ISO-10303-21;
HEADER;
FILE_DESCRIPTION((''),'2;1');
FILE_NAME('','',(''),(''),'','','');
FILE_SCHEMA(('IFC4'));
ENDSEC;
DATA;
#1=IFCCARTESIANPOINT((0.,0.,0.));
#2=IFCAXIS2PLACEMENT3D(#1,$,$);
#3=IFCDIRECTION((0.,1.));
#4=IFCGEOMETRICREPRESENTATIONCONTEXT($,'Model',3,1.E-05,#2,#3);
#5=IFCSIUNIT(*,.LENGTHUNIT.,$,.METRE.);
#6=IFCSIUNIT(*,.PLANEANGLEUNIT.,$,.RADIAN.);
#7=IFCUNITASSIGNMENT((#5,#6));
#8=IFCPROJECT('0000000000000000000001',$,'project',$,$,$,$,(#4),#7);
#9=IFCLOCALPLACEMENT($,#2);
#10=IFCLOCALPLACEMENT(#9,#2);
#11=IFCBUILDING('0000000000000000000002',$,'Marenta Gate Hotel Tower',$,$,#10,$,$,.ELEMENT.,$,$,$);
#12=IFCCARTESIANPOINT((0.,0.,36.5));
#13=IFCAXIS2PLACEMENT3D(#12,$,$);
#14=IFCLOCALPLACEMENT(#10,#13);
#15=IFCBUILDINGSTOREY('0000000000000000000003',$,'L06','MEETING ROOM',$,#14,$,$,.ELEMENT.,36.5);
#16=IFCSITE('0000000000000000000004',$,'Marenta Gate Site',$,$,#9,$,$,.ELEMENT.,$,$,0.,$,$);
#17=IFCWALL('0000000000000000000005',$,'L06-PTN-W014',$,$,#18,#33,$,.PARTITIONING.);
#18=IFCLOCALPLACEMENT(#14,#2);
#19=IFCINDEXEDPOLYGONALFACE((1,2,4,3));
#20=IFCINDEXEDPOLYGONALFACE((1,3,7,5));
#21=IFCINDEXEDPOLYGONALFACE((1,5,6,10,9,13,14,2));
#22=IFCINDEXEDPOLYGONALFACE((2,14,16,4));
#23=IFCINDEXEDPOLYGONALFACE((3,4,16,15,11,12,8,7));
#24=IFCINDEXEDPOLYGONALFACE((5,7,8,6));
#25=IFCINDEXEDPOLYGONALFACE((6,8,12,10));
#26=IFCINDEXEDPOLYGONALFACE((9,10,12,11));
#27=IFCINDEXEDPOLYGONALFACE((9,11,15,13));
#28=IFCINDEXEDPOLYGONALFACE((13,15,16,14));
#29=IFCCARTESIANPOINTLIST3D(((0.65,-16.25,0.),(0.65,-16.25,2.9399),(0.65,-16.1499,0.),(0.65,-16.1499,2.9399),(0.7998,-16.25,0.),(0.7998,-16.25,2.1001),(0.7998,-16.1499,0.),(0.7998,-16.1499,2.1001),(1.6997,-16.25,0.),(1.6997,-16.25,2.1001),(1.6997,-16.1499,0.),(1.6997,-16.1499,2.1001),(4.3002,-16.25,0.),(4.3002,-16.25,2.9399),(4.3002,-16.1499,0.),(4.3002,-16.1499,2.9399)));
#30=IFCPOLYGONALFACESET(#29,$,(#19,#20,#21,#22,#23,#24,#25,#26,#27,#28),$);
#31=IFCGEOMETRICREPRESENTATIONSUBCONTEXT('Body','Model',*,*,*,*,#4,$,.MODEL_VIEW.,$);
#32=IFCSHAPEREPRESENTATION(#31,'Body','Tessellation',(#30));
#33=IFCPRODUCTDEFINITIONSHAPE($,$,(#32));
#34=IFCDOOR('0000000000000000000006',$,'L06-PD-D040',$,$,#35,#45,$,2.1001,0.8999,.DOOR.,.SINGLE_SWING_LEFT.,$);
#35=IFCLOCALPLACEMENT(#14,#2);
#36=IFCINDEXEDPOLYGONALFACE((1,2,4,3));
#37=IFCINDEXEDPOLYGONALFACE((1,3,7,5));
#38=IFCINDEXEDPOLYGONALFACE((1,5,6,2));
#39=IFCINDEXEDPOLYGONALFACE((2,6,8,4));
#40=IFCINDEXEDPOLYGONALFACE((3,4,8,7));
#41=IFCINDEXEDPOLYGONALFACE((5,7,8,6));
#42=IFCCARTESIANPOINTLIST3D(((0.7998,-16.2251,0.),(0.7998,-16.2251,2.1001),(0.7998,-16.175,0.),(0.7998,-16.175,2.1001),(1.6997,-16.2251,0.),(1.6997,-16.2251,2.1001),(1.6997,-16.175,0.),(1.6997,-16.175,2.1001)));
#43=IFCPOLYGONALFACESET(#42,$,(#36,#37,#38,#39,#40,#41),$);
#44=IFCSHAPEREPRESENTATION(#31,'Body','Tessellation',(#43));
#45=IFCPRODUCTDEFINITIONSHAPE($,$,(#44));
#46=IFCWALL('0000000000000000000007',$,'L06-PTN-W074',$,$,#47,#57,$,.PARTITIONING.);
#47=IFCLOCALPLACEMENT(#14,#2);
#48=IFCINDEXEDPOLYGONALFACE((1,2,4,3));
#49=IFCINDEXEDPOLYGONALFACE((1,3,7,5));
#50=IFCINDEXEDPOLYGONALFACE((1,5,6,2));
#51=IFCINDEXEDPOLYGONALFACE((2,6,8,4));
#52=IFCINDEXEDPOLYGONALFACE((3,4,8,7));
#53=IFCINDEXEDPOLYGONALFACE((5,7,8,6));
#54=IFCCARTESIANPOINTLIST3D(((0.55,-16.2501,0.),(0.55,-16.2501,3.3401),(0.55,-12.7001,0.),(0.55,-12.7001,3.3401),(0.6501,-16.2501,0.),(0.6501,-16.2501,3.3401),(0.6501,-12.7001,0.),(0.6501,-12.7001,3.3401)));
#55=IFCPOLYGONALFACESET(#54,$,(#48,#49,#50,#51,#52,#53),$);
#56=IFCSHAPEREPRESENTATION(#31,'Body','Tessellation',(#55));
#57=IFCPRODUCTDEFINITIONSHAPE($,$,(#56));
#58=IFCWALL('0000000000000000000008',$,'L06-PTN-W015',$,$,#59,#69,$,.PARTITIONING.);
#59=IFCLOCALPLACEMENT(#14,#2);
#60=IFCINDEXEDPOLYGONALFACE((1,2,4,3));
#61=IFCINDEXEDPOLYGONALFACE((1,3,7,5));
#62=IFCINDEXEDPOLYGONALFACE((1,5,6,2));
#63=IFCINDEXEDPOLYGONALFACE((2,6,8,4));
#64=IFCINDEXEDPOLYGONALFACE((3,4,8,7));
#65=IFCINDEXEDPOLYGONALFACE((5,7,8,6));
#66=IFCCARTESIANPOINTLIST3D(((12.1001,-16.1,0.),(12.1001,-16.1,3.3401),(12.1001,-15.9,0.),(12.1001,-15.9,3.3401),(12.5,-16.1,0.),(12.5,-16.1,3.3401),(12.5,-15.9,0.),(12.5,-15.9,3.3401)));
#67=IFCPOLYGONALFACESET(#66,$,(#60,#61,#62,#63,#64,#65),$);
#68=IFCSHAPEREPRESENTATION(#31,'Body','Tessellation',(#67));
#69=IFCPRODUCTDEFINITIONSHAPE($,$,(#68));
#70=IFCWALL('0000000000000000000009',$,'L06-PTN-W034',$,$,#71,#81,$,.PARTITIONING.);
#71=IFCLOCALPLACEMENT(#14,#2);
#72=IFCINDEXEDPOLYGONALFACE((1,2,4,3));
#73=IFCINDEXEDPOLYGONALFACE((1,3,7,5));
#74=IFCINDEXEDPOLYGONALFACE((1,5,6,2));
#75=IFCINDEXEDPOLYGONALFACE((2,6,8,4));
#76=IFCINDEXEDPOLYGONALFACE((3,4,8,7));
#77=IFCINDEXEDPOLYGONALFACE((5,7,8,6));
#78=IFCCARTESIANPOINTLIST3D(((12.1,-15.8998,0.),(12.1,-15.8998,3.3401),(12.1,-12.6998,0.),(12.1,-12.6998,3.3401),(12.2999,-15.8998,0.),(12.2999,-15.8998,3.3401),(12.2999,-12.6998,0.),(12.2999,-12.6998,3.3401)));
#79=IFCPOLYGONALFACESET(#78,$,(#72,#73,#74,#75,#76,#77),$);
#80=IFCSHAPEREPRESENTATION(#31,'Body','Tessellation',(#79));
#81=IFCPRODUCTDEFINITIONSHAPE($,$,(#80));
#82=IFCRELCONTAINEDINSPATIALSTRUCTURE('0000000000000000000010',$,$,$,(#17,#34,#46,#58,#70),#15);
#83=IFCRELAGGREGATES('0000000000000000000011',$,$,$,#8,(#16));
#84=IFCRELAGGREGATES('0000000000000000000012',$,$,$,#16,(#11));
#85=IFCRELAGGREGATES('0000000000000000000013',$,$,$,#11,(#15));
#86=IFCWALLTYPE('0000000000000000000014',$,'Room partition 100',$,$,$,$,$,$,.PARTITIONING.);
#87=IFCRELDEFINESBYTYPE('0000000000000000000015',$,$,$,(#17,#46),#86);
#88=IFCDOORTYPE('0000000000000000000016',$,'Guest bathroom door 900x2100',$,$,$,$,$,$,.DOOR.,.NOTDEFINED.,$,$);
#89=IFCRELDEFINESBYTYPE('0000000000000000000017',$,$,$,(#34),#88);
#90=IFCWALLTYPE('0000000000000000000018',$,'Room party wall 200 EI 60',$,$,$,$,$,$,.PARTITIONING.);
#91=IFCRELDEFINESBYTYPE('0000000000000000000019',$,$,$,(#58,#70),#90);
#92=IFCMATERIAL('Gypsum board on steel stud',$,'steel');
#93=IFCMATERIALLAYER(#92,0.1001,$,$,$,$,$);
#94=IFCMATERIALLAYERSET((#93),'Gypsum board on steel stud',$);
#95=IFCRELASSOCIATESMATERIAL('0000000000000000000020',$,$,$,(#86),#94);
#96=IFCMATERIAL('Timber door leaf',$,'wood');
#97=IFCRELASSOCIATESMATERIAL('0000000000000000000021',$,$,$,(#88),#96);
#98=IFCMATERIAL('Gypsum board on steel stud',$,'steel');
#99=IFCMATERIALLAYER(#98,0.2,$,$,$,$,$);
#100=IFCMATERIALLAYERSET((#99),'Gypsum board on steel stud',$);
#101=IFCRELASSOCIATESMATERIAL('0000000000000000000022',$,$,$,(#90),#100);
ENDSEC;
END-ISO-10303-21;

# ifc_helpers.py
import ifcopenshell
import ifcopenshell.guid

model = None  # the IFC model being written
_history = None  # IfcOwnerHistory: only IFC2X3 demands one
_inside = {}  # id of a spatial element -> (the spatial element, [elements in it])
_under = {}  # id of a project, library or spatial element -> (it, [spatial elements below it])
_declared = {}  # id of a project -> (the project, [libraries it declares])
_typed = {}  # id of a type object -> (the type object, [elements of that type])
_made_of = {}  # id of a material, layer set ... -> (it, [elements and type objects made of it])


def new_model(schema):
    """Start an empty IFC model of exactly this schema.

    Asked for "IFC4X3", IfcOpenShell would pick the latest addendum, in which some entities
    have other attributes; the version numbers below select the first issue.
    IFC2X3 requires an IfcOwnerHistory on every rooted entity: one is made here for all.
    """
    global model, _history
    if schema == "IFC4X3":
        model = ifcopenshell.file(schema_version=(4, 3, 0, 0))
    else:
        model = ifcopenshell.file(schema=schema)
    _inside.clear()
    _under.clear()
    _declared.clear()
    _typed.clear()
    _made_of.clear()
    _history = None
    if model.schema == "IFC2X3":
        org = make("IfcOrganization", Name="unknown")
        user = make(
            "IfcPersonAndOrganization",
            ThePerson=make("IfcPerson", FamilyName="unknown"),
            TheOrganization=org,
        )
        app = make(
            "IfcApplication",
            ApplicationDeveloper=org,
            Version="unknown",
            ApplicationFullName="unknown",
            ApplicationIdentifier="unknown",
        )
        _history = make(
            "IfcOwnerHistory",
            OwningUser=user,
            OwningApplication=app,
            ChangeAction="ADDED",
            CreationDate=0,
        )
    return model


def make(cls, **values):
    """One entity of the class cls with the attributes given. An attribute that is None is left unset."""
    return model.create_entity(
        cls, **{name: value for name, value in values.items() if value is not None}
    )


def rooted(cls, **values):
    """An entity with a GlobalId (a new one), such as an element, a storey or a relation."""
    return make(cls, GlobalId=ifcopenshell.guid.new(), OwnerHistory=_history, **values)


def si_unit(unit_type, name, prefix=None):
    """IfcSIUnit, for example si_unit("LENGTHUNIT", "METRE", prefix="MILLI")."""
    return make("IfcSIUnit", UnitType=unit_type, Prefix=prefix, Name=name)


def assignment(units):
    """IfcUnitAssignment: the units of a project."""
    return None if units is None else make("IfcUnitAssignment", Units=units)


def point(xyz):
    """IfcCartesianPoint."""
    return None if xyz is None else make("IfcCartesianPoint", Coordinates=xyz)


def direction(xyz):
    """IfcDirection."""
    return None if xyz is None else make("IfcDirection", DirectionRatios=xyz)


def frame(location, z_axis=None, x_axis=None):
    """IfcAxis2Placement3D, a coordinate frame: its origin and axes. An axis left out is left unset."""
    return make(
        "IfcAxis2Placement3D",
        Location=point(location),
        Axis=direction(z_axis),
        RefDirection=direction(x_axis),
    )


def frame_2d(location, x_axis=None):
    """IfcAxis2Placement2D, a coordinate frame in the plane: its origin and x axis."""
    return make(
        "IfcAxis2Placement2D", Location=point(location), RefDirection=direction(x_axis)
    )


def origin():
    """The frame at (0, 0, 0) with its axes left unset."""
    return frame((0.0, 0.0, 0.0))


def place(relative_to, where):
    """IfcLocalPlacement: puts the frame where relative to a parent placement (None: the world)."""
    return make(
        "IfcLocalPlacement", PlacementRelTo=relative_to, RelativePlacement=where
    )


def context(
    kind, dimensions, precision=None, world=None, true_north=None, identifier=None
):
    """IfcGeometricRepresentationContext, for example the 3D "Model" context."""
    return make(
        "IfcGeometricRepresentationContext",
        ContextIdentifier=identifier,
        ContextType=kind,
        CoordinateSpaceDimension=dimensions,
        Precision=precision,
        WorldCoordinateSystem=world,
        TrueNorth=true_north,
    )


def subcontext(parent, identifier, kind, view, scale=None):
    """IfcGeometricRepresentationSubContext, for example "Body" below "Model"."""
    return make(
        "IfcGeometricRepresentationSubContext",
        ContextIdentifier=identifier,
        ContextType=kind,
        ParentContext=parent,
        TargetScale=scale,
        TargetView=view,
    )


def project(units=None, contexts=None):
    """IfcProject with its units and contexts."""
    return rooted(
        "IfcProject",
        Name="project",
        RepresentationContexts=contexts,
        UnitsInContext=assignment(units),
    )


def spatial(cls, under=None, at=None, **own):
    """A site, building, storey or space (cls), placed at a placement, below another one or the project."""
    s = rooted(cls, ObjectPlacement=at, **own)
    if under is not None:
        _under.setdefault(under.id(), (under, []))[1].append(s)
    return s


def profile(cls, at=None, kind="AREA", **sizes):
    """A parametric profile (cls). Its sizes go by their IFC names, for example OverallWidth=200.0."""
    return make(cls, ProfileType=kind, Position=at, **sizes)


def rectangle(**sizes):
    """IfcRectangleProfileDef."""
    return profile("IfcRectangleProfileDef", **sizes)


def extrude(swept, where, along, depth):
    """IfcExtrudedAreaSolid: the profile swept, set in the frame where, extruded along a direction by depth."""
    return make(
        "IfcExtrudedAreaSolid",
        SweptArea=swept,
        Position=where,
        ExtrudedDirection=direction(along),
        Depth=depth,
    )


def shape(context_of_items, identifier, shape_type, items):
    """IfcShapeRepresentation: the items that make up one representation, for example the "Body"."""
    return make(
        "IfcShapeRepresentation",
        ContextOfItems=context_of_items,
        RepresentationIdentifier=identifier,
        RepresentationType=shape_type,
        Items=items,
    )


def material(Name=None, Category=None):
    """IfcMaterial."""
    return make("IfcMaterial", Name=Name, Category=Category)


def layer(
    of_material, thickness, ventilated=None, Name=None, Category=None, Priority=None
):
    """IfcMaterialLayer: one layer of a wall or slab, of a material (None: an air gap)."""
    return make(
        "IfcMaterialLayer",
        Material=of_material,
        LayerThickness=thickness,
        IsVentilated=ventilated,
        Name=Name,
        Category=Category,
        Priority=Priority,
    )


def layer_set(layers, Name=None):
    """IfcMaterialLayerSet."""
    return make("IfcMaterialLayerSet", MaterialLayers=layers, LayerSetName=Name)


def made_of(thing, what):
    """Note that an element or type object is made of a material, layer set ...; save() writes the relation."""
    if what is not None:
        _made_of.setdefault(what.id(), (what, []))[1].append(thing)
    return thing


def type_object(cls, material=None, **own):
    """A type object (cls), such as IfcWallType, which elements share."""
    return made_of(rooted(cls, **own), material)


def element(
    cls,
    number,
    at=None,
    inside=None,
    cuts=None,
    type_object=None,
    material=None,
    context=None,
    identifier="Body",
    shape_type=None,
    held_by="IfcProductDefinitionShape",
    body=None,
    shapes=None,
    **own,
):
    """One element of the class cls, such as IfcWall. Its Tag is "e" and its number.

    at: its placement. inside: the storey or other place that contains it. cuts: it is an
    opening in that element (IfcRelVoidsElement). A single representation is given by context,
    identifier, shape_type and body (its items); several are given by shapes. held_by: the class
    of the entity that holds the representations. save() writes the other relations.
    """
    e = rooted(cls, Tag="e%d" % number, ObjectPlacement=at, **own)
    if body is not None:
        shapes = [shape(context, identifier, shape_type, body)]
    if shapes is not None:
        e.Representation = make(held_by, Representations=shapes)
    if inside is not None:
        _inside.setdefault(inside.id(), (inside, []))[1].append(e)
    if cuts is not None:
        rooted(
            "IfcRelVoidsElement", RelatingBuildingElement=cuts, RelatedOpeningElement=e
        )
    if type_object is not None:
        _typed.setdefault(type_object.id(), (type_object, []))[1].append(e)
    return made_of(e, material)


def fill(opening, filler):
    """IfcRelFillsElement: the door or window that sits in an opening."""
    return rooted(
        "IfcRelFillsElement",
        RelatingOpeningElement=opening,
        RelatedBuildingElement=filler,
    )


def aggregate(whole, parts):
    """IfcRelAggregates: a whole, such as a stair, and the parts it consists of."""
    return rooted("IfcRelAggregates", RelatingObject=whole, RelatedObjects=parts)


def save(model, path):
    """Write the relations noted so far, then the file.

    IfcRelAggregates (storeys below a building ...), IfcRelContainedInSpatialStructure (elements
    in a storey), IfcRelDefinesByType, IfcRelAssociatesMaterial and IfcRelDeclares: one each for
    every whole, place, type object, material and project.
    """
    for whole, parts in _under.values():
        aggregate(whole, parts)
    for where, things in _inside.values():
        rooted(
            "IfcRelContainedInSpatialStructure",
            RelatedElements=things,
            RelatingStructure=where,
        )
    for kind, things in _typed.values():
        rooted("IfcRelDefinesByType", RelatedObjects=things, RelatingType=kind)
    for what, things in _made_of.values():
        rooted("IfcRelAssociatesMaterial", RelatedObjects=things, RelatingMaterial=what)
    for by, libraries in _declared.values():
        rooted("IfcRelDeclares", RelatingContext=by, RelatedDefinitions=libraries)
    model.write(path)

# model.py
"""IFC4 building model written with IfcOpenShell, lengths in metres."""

from ifc_helpers import new_model, si_unit, direction, frame, frame_2d, origin, place, context, subcontext, project, spatial, rectangle, extrude, material, layer, layer_set, type_object, element, fill, save


model = new_model("IFC4")

# Units and contexts
model_context = context("Model", 3, precision=1e-05, world=origin(), true_north=direction((0.0, 1.0)))
body_context = subcontext(model_context, "Body", "Model", "MODEL_VIEW")
ifc_project = project(units=[si_unit("LENGTHUNIT", "METRE"), si_unit("PLANEANGLEUNIT", "RADIAN")], contexts=[model_context])

# Site, building, storey
site_placement = place(None, origin())
site = spatial("IfcSite", under=ifc_project, at=site_placement, Name="Marenta Gate Site", CompositionType="ELEMENT", RefElevation=0.0)
building_placement = place(site_placement, origin())
building = spatial("IfcBuilding", under=site, at=building_placement, Name="Marenta Gate Hotel Tower", CompositionType="ELEMENT")
storey_placement = place(building_placement, frame((0.0, 0.0, 36.5)))
storey = spatial("IfcBuildingStorey", under=building, at=storey_placement, Name="L06", Description="MEETING ROOM", CompositionType="ELEMENT", Elevation=36.5)

# Wall, opening, door
ifc_material_1 = material(Name="Gypsum board on steel stud", Category="steel")
ifc_layer_1 = layer(ifc_material_1, 0.1001)
ifc_layer_set_1 = layer_set([ifc_layer_1], Name="Gypsum board on steel stud")
wall_type_1 = type_object("IfcWallType", Name="Room partition 100", PredefinedType="PARTITIONING", material=ifc_layer_set_1)
wall_1_placement = place(storey_placement, frame((0.6499, -16.2, 0.0), z_axis=(0.0, 0.0, 1.0), x_axis=(1.0, 0.0, 0.0)))
wall_1 = element("IfcWall", 1, at=wall_1_placement, inside=storey, type_object=wall_type_1, Name="L06-PTN-W014", PredefinedType="PARTITIONING", context=body_context, shape_type="SweptSolid", body=[
    extrude(rectangle(XDim=3.6501, YDim=0.1001, at=frame_2d((1.8252, 0.0))), origin(), (0.0, 0.0, 1.0), 2.9399),
])
opening_placement = place(wall_1_placement, frame((0.1499, 0.0, 0.0)))
opening = element("IfcOpeningElement", 2, at=opening_placement, cuts=wall_1, PredefinedType="OPENING", context=body_context, shape_type="SweptSolid", body=[
    extrude(rectangle(XDim=0.8999, YDim=2.1001, at=frame_2d((0.45, 1.05))), frame((0.0, 0.05, 0.0), z_axis=(0.0, -1.0, 0.0), x_axis=(1.0, 0.0, 0.0)), (0.0, 0.0, 1.0), 0.1001),
])
ifc_material_2 = material(Name="Timber door leaf", Category="wood")
door_type = type_object("IfcDoorType", Name="Guest bathroom door 900x2100", OperationType="NOTDEFINED", PredefinedType="DOOR", material=ifc_material_2)
door_placement = place(opening_placement, origin())
door = element("IfcDoor", 3, at=door_placement, inside=storey, type_object=door_type, Name="L06-PD-D040", OperationType="SINGLE_SWING_LEFT", OverallHeight=2.1001, OverallWidth=0.8999, PredefinedType="DOOR", context=body_context, shape_type="SweptSolid", body=[
    extrude(rectangle(XDim=0.8999, YDim=2.1001, at=frame_2d((0.45, 1.05))), frame((0.0, 0.0249, 0.0), z_axis=(0.0, -1.0, 0.0), x_axis=(1.0, 0.0, 0.0)), (0.0, 0.0, 1.0), 0.05),
])
fill(opening, door)

# Walls
wall_2_placement = place(storey_placement, frame((0.6001, -16.25, 0.0), z_axis=(0.0, 0.0, 1.0), x_axis=(0.0, 1.0, 0.0)))
element("IfcWall", 4, at=wall_2_placement, inside=storey, type_object=wall_type_1, Name="L06-PTN-W074", PredefinedType="PARTITIONING", context=body_context, shape_type="SweptSolid", body=[
    extrude(rectangle(XDim=3.55, YDim=0.1001, at=frame_2d((1.7749, 0.0))), origin(), (0.0, 0.0, 1.0), 3.3401),
])
ifc_material_3 = material(Name="Gypsum board on steel stud", Category="steel")
ifc_layer_2 = layer(ifc_material_3, 0.2)
ifc_layer_set_2 = layer_set([ifc_layer_2], Name="Gypsum board on steel stud")
wall_type_2 = type_object("IfcWallType", Name="Room party wall 200 EI 60", PredefinedType="PARTITIONING", material=ifc_layer_set_2)
wall_3_placement = place(storey_placement, frame((12.1001, -16.0, 0.0), z_axis=(0.0, 0.0, 1.0), x_axis=(1.0, 0.0, 0.0)))
element("IfcWall", 5, at=wall_3_placement, inside=storey, type_object=wall_type_2, Name="L06-PTN-W015", PredefinedType="PARTITIONING", context=body_context, shape_type="SweptSolid", body=[
    extrude(rectangle(XDim=0.3999, YDim=0.2, at=frame_2d((0.2, 0.0))), origin(), (0.0, 0.0, 1.0), 3.3401),
])
wall_4_placement = place(storey_placement, frame((12.2, -15.8999, 0.0), z_axis=(0.0, 0.0, 1.0), x_axis=(0.0, 1.0, 0.0)))
element("IfcWall", 6, at=wall_4_placement, inside=storey, type_object=wall_type_2, Name="L06-PTN-W034", PredefinedType="PARTITIONING", context=body_context, shape_type="SweptSolid", body=[
    extrude(rectangle(XDim=3.2, YDim=0.2, at=frame_2d((1.6001, 0.0))), origin(), (0.0, 0.0, 1.0), 3.3401),
])

save(model, "model.ifc")
